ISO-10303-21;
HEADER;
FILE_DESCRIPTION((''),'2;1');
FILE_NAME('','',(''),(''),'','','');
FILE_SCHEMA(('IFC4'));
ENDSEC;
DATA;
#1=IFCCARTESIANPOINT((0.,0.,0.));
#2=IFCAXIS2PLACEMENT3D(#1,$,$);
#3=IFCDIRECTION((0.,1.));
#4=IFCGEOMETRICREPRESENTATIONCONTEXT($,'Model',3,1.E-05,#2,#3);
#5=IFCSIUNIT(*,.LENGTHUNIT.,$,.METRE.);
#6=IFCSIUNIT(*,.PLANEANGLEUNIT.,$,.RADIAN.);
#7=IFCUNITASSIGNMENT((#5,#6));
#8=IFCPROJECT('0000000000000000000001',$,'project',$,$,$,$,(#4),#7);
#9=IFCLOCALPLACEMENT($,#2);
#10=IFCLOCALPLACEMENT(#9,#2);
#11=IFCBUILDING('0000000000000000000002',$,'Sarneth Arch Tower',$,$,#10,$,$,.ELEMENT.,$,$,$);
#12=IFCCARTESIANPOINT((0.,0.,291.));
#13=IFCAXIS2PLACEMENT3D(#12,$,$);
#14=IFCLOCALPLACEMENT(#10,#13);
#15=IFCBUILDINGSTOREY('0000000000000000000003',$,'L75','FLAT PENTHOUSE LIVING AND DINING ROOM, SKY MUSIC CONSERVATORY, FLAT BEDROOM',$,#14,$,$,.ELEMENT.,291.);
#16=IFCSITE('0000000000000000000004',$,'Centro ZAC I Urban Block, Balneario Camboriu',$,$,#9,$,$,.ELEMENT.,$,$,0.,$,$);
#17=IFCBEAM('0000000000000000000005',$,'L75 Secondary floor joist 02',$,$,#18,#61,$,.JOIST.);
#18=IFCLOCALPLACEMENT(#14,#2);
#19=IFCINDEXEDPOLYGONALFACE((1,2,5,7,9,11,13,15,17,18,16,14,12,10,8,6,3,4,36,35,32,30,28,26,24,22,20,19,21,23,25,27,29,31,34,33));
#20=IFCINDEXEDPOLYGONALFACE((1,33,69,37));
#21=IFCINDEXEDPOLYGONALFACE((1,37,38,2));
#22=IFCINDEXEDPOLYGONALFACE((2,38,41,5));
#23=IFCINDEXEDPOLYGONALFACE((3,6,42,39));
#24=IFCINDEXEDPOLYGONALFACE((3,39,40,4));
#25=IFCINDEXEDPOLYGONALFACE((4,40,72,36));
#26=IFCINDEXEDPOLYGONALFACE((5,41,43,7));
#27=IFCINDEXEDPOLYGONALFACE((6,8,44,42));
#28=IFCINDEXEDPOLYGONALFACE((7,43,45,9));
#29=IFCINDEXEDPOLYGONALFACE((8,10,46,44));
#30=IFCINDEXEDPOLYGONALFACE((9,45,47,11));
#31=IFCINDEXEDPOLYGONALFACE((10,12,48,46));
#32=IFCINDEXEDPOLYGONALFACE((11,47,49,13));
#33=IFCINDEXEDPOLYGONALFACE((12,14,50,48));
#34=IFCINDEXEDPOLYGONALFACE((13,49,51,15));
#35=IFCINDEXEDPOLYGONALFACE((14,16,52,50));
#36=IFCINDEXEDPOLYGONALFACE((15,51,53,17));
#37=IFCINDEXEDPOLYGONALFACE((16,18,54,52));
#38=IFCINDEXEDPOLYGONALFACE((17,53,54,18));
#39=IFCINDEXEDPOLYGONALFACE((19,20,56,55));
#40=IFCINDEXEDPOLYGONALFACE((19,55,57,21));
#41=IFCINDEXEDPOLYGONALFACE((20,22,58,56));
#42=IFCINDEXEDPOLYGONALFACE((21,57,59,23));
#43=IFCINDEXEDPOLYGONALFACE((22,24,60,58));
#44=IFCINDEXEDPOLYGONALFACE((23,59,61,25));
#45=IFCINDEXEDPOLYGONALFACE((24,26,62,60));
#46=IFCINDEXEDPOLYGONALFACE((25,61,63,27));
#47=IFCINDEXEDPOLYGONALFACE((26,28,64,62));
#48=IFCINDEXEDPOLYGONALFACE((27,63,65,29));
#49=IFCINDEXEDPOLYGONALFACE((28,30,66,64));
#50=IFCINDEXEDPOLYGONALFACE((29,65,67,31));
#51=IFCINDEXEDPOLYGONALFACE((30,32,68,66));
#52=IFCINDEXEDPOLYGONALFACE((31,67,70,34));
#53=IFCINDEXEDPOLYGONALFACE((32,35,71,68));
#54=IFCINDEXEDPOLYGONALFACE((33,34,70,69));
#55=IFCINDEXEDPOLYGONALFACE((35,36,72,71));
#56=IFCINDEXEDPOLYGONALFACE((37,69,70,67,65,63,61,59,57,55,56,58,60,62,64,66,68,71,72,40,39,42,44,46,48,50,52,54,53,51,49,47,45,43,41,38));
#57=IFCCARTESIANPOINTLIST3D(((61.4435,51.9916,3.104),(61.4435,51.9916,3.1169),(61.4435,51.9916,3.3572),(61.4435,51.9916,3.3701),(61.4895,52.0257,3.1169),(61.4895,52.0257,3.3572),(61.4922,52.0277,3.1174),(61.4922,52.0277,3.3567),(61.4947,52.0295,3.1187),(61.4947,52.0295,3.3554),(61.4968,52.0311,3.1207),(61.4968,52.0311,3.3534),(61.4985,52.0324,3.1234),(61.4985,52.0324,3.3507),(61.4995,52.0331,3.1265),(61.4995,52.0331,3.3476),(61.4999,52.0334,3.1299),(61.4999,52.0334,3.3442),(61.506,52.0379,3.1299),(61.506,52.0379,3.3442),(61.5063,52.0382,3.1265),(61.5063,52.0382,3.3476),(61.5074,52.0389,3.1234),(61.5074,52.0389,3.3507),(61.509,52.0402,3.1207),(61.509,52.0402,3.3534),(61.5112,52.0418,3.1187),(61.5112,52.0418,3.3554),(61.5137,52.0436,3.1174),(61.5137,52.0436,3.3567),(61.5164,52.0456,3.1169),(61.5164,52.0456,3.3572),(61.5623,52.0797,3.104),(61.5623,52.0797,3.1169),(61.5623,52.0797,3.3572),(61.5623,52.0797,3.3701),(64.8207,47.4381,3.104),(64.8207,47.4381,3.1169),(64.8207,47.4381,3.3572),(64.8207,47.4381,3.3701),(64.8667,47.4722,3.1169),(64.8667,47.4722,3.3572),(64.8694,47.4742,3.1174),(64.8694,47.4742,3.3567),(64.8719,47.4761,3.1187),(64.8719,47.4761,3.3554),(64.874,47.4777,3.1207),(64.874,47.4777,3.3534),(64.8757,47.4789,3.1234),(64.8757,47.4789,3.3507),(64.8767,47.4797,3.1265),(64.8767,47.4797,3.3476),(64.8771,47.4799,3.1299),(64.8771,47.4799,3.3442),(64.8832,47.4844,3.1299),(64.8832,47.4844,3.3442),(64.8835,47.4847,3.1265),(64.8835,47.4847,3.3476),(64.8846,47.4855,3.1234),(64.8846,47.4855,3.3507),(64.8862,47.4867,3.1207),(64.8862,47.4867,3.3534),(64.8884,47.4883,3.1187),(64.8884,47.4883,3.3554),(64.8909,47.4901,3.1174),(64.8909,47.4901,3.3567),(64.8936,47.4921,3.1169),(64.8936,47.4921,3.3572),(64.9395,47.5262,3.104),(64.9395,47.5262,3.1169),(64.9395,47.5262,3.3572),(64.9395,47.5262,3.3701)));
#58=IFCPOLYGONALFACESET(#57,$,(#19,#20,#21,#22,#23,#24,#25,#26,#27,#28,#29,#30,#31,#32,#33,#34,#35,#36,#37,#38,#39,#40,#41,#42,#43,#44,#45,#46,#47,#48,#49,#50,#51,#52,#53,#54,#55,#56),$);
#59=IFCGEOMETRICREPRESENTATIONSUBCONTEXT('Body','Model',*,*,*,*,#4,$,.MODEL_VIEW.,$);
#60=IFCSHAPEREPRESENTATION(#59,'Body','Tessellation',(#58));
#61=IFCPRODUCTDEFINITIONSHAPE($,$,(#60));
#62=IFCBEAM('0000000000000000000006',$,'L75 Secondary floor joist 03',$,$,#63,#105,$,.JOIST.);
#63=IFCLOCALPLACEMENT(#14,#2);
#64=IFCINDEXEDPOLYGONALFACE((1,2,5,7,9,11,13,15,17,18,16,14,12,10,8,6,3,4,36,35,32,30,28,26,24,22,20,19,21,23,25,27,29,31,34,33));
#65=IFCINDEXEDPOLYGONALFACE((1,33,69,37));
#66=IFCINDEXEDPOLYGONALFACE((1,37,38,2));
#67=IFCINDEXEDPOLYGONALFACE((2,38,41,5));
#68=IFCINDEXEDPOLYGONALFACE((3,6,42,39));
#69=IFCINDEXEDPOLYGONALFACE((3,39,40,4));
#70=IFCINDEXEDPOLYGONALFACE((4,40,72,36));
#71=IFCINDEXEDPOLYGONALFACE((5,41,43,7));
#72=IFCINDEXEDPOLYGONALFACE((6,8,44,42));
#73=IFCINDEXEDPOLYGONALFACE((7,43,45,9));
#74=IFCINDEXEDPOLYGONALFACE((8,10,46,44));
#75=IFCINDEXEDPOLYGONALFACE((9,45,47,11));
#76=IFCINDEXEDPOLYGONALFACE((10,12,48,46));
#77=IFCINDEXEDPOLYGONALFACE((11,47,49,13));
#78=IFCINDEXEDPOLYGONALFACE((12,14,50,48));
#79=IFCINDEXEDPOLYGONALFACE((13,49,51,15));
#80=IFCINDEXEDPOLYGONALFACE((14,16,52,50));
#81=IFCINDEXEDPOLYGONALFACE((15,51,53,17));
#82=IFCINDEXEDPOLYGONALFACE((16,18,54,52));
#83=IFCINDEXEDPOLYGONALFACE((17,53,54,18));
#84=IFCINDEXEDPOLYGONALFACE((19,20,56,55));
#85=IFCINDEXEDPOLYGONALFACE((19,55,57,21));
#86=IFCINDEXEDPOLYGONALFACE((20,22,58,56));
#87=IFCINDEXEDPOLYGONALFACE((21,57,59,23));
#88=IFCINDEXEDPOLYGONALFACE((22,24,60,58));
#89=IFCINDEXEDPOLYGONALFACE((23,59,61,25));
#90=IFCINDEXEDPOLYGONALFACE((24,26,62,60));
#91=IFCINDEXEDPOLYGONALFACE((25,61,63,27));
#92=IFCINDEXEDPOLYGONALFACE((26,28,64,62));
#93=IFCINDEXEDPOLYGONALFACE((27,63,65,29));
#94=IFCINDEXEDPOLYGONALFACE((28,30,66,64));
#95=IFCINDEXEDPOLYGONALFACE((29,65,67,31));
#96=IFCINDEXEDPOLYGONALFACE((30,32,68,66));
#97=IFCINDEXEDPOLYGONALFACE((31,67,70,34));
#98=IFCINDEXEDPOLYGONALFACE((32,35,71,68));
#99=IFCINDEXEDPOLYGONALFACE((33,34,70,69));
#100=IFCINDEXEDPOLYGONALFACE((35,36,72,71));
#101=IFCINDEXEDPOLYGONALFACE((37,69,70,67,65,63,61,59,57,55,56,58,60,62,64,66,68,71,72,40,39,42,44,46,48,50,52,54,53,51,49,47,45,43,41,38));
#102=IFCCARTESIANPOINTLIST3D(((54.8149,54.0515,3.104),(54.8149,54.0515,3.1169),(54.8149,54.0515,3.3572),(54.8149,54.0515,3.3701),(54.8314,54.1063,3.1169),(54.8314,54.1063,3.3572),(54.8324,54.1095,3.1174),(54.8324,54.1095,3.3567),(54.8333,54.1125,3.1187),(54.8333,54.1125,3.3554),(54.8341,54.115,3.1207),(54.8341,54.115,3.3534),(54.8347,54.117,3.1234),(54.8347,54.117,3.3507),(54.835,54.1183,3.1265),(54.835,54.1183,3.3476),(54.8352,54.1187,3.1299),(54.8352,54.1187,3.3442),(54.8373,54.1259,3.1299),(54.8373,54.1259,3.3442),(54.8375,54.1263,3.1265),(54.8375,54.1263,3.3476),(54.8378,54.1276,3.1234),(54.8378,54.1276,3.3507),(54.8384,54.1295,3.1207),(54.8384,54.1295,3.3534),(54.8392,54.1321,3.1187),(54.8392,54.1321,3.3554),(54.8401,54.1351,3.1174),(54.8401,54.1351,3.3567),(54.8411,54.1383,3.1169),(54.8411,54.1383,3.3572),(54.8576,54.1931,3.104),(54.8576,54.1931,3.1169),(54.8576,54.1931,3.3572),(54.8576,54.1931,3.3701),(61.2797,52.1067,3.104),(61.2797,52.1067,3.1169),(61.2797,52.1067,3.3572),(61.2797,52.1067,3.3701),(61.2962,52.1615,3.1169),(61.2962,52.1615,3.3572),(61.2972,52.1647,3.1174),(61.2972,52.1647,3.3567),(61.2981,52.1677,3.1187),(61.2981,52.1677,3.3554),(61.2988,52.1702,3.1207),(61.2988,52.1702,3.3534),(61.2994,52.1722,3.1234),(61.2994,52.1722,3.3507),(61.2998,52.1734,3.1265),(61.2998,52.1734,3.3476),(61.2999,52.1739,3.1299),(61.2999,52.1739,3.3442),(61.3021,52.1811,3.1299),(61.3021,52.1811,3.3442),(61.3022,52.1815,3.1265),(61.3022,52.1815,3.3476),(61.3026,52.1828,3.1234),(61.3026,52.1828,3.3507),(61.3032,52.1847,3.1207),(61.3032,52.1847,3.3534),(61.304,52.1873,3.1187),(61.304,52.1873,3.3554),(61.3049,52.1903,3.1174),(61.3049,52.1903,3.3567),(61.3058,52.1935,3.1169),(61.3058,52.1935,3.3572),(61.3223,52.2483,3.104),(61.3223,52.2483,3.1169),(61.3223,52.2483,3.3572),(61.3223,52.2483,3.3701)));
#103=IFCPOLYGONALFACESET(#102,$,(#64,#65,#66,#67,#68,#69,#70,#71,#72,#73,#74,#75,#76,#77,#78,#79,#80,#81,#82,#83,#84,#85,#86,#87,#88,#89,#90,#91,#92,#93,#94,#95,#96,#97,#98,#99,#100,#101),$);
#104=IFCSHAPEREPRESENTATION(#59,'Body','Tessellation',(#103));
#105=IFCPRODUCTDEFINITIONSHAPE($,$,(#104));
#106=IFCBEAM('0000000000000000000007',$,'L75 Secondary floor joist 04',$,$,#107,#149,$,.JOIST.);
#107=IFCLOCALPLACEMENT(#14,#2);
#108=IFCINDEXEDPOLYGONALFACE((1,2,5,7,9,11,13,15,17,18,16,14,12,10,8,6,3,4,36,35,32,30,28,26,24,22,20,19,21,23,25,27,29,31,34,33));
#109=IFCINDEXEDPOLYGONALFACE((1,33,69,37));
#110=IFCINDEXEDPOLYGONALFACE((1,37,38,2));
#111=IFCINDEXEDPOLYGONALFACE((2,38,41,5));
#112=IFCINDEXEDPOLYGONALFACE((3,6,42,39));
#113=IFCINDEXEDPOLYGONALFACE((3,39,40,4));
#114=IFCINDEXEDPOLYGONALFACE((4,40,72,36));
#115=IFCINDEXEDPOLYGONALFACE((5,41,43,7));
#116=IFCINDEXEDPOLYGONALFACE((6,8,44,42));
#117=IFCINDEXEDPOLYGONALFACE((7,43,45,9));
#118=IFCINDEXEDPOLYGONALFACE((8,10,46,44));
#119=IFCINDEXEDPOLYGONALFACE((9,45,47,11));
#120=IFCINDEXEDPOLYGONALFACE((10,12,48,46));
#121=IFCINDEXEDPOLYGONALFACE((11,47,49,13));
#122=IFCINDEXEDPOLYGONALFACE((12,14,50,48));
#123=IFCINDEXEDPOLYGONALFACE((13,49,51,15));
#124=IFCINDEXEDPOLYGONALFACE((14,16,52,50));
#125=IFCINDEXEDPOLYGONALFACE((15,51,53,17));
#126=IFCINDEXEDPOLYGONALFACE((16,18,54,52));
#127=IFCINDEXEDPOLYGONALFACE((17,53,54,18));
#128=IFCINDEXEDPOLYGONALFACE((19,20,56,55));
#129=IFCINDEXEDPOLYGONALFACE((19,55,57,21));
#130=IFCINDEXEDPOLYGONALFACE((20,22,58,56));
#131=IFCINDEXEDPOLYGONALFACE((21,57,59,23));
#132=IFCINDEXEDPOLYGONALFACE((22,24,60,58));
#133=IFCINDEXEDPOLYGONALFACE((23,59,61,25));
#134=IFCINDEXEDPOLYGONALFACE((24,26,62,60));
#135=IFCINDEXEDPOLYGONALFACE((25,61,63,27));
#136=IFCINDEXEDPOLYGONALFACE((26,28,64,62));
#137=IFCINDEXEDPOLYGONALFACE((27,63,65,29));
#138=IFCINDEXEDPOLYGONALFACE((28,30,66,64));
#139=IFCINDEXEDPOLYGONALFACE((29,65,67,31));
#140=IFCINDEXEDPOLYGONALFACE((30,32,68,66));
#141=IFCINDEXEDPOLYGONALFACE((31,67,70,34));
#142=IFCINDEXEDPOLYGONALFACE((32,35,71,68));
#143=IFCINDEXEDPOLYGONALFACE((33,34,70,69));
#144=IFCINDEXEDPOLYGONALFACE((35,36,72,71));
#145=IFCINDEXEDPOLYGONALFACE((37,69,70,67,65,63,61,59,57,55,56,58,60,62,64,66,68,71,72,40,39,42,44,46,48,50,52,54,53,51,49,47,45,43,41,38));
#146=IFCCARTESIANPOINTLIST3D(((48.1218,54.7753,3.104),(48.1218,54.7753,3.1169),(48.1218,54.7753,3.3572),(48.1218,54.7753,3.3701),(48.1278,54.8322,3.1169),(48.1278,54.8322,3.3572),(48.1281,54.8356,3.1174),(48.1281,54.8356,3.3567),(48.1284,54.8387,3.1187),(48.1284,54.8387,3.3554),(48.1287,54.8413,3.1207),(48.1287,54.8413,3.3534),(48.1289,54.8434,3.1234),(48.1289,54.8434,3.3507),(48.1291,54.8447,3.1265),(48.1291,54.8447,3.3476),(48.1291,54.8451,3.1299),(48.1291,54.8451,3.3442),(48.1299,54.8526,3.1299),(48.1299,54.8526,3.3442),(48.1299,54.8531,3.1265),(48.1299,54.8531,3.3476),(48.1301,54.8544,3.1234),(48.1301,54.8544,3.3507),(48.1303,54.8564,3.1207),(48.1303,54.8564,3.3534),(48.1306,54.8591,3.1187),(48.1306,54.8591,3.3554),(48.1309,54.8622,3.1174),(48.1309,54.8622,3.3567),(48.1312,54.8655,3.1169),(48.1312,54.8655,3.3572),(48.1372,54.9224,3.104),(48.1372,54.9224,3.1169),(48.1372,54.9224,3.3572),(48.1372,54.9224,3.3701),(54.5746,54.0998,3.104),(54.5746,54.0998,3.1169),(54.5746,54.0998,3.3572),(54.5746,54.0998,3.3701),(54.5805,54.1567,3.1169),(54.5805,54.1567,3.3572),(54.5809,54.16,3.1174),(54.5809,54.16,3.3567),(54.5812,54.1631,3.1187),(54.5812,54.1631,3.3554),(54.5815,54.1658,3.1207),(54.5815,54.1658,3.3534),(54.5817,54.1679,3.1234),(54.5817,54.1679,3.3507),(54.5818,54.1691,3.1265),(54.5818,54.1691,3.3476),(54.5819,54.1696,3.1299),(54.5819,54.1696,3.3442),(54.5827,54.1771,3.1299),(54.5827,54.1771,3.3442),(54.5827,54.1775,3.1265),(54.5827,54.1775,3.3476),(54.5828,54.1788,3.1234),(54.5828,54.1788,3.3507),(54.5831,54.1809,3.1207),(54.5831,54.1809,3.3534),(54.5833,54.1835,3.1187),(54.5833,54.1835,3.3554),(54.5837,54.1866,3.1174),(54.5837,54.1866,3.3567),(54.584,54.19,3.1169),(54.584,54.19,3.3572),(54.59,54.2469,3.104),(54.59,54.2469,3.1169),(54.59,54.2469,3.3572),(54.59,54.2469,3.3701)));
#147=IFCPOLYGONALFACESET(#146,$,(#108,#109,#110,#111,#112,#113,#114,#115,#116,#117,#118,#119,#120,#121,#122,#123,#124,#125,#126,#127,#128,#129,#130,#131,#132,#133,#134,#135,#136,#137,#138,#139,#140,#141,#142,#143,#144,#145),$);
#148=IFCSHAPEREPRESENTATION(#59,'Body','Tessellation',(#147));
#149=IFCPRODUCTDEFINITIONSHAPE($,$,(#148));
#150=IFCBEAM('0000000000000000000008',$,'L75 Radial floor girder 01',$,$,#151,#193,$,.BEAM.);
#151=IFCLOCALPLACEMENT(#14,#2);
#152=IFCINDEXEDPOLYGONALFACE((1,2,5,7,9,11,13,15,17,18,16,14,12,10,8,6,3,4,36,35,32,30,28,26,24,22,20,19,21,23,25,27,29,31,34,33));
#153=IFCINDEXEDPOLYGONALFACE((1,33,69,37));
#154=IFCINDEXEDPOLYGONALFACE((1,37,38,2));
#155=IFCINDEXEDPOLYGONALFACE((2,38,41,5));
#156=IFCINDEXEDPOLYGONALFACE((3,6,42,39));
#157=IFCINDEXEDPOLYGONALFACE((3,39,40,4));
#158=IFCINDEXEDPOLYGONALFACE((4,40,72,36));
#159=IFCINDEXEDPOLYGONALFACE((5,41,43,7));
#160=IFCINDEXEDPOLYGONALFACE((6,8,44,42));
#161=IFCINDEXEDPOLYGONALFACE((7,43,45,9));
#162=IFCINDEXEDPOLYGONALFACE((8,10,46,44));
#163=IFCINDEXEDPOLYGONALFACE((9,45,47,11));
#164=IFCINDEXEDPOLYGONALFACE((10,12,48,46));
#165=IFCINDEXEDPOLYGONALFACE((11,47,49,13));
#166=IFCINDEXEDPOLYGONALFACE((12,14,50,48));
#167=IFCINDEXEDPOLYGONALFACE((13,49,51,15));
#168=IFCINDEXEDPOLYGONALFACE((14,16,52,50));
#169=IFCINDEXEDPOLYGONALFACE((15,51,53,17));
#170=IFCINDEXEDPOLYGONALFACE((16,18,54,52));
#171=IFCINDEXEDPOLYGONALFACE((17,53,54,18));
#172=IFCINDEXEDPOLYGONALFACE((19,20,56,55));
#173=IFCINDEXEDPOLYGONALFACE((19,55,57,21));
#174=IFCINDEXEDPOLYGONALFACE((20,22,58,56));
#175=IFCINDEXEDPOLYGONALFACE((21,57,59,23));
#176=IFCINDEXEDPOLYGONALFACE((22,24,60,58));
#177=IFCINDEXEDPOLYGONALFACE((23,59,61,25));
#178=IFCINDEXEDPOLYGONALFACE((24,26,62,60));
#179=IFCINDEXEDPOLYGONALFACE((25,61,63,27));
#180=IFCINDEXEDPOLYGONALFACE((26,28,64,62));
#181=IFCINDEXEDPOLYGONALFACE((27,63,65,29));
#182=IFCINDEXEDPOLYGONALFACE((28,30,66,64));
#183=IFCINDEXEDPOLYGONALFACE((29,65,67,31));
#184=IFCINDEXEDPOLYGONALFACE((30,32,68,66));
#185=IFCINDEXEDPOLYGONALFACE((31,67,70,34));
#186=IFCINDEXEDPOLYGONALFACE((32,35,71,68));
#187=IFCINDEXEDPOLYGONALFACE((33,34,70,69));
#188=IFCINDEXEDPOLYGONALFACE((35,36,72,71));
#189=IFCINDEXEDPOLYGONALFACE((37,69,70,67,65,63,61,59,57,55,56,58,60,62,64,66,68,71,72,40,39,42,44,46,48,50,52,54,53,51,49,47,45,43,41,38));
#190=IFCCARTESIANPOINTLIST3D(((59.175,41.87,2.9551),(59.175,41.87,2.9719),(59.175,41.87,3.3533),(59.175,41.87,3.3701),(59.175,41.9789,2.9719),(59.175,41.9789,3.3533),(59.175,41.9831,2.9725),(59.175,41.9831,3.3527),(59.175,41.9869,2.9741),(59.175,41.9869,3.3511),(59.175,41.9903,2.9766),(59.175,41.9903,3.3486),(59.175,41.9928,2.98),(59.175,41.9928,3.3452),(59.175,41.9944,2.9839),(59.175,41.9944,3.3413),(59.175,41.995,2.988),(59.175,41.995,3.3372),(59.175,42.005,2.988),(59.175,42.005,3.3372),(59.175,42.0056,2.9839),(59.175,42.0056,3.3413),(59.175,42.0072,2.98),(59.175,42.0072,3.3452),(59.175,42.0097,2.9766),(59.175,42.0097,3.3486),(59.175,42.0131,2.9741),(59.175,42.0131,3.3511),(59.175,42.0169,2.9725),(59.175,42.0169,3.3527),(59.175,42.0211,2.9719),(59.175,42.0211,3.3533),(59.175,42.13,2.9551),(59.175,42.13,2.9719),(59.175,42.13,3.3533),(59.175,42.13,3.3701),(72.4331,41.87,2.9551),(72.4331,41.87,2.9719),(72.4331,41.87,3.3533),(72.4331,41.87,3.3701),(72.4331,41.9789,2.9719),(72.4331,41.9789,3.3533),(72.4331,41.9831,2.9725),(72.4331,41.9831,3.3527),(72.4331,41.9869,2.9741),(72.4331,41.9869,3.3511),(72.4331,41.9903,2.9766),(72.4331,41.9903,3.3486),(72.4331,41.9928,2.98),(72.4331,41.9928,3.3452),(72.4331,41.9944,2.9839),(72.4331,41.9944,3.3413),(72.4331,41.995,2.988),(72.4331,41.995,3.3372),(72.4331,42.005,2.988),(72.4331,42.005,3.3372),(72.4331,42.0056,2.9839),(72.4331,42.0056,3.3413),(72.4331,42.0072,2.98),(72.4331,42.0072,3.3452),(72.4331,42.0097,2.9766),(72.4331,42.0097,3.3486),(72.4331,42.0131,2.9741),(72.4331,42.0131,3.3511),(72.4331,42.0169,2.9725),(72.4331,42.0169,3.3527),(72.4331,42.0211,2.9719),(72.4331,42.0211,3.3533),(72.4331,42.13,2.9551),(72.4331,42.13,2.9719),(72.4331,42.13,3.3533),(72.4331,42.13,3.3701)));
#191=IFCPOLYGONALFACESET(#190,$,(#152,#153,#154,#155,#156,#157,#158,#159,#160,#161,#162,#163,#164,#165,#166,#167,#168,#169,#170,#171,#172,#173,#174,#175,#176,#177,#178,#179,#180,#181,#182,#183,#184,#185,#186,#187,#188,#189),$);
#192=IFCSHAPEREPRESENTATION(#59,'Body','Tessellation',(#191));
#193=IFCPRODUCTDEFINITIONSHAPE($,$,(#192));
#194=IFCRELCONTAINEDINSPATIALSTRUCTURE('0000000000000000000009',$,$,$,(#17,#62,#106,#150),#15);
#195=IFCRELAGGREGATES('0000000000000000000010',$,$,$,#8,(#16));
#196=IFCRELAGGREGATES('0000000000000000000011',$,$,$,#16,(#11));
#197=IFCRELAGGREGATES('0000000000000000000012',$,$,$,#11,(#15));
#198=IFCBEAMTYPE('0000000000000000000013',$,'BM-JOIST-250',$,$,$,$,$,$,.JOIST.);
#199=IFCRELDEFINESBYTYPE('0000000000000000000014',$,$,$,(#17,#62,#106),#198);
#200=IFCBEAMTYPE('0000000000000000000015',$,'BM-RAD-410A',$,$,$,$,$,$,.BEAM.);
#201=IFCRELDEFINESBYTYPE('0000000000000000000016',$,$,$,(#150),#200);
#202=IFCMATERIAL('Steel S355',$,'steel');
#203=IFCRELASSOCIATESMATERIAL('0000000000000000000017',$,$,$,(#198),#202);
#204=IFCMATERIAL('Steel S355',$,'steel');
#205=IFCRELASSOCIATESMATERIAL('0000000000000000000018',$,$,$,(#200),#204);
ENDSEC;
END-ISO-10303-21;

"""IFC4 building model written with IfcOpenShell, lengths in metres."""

from ifc_helpers import new_model, si_unit, direction, frame, origin, origin_2d, place, context, subcontext, project, spatial, i_section, extrude, material, material_profile, profile_set, type_object, element, save


model = new_model("IFC4")

# Units and contexts
model_context = context("Model", 3, precision=1e-05, world=origin(), true_north=direction((0.0, 1.0)))
body_context = subcontext(model_context, "Body", "Model", "MODEL_VIEW")
ifc_project = project(units=[si_unit("LENGTHUNIT", "METRE"), si_unit("PLANEANGLEUNIT", "RADIAN")], contexts=[model_context])

# Site, building, storey
site_placement = place(None, origin())
site = spatial("IfcSite", under=ifc_project, at=site_placement, Name="Centro ZAC I Urban Block, Balneario Camboriu", CompositionType="ELEMENT", RefElevation=0.0)
building_placement = place(site_placement, origin())
building = spatial("IfcBuilding", under=site, at=building_placement, Name="Sarneth Arch Tower", CompositionType="ELEMENT")
storey_placement = place(building_placement, frame((0.0, 0.0, 291.0)))
storey = spatial("IfcBuildingStorey", under=building, at=storey_placement, Name="L75", Description="FLAT PENTHOUSE LIVING AND DINING ROOM, SKY MUSIC CONSERVATORY, FLAT BEDROOM", CompositionType="ELEMENT", Elevation=291.0)

# Beams
ifc_material_1 = material(Name="Steel S355", Category="steel")
ifc_material_profile_1 = material_profile(ifc_material_1, i_section(OverallWidth=0.1479, OverallDepth=0.2661, WebThickness=0.0076, FlangeThickness=0.0129, FilletRadius=0.0129, at=origin_2d()), Name="W250x44.8")
ifc_profile_set_1 = profile_set([ifc_material_profile_1], Name="Steel S355")
beam_type_1 = type_object("IfcBeamType", Name="BM-JOIST-250", PredefinedType="JOIST", material=ifc_profile_set_1)
beam_1_placement = place(storey_placement, frame((64.8801, 47.4822, 3.2371), z_axis=(-0.595713, 0.803198, 0.0), x_axis=(-0.803198, -0.595713, 0.0)))
element("IfcBeam", 1, at=beam_1_placement, inside=storey, type_object=beam_type_1, Name="L75 Secondary floor joist 02", PredefinedType="JOIST", context=body_context, shape_type="SweptSolid", body=[
    extrude(i_section(OverallWidth=0.1479, OverallDepth=0.2661, WebThickness=0.0076, FlangeThickness=0.0129, FilletRadius=0.0129, at=origin_2d()), origin(), (0.0, 0.0, 1.0), 5.6692),
])
beam_2_placement = place(storey_placement, frame((61.301, 52.1775, 3.2371), z_axis=(-0.957607, 0.288078, 0.0), x_axis=(-0.288078, -0.957607, 0.0)))
element("IfcBeam", 2, at=beam_2_placement, inside=storey, type_object=beam_type_1, Name="L75 Secondary floor joist 03", PredefinedType="JOIST", context=body_context, shape_type="SweptSolid", body=[
    extrude(i_section(OverallWidth=0.1479, OverallDepth=0.2661, WebThickness=0.0076, FlangeThickness=0.0129, FilletRadius=0.0129, at=origin_2d()), origin(), (0.0, 0.0, 1.0), 6.751),
])
beam_3_placement = place(storey_placement, frame((54.5823, 54.1733, 3.2371), z_axis=(-0.994565, 0.104119, 0.0), x_axis=(-0.104119, -0.994565, 0.0)))
element("IfcBeam", 3, at=beam_3_placement, inside=storey, type_object=beam_type_1, Name="L75 Secondary floor joist 04", PredefinedType="JOIST", context=body_context, shape_type="SweptSolid", body=[
    extrude(i_section(OverallWidth=0.1479, OverallDepth=0.2661, WebThickness=0.0076, FlangeThickness=0.0129, FilletRadius=0.0129, at=origin_2d()), origin(), (0.0, 0.0, 1.0), 6.488),
])
ifc_material_2 = material(Name="Steel S355", Category="steel")
ifc_material_profile_2 = material_profile(ifc_material_2, i_section(OverallWidth=0.26, OverallDepth=0.415, WebThickness=0.01, FlangeThickness=0.0168, FilletRadius=0.0161, at=origin_2d()), Name="W410x100")
ifc_profile_set_2 = profile_set([ifc_material_profile_2], Name="Steel S355")
beam_type_2 = type_object("IfcBeamType", Name="BM-RAD-410A", PredefinedType="BEAM", material=ifc_profile_set_2)
beam_4_placement = place(storey_placement, frame((59.175, 42.0, 3.1626), z_axis=(1.0, 0.0, 0.0), x_axis=(0.0, 1.0, 0.0)))
element("IfcBeam", 4, at=beam_4_placement, inside=storey, type_object=beam_type_2, Name="L75 Radial floor girder 01", PredefinedType="BEAM", context=body_context, shape_type="SweptSolid", body=[
    extrude(i_section(OverallWidth=0.26, OverallDepth=0.415, WebThickness=0.01, FlangeThickness=0.0168, FilletRadius=0.0161, at=origin_2d()), origin(), (0.0, 0.0, 1.0), 13.2581),
])

save(model, "model.ifc")
